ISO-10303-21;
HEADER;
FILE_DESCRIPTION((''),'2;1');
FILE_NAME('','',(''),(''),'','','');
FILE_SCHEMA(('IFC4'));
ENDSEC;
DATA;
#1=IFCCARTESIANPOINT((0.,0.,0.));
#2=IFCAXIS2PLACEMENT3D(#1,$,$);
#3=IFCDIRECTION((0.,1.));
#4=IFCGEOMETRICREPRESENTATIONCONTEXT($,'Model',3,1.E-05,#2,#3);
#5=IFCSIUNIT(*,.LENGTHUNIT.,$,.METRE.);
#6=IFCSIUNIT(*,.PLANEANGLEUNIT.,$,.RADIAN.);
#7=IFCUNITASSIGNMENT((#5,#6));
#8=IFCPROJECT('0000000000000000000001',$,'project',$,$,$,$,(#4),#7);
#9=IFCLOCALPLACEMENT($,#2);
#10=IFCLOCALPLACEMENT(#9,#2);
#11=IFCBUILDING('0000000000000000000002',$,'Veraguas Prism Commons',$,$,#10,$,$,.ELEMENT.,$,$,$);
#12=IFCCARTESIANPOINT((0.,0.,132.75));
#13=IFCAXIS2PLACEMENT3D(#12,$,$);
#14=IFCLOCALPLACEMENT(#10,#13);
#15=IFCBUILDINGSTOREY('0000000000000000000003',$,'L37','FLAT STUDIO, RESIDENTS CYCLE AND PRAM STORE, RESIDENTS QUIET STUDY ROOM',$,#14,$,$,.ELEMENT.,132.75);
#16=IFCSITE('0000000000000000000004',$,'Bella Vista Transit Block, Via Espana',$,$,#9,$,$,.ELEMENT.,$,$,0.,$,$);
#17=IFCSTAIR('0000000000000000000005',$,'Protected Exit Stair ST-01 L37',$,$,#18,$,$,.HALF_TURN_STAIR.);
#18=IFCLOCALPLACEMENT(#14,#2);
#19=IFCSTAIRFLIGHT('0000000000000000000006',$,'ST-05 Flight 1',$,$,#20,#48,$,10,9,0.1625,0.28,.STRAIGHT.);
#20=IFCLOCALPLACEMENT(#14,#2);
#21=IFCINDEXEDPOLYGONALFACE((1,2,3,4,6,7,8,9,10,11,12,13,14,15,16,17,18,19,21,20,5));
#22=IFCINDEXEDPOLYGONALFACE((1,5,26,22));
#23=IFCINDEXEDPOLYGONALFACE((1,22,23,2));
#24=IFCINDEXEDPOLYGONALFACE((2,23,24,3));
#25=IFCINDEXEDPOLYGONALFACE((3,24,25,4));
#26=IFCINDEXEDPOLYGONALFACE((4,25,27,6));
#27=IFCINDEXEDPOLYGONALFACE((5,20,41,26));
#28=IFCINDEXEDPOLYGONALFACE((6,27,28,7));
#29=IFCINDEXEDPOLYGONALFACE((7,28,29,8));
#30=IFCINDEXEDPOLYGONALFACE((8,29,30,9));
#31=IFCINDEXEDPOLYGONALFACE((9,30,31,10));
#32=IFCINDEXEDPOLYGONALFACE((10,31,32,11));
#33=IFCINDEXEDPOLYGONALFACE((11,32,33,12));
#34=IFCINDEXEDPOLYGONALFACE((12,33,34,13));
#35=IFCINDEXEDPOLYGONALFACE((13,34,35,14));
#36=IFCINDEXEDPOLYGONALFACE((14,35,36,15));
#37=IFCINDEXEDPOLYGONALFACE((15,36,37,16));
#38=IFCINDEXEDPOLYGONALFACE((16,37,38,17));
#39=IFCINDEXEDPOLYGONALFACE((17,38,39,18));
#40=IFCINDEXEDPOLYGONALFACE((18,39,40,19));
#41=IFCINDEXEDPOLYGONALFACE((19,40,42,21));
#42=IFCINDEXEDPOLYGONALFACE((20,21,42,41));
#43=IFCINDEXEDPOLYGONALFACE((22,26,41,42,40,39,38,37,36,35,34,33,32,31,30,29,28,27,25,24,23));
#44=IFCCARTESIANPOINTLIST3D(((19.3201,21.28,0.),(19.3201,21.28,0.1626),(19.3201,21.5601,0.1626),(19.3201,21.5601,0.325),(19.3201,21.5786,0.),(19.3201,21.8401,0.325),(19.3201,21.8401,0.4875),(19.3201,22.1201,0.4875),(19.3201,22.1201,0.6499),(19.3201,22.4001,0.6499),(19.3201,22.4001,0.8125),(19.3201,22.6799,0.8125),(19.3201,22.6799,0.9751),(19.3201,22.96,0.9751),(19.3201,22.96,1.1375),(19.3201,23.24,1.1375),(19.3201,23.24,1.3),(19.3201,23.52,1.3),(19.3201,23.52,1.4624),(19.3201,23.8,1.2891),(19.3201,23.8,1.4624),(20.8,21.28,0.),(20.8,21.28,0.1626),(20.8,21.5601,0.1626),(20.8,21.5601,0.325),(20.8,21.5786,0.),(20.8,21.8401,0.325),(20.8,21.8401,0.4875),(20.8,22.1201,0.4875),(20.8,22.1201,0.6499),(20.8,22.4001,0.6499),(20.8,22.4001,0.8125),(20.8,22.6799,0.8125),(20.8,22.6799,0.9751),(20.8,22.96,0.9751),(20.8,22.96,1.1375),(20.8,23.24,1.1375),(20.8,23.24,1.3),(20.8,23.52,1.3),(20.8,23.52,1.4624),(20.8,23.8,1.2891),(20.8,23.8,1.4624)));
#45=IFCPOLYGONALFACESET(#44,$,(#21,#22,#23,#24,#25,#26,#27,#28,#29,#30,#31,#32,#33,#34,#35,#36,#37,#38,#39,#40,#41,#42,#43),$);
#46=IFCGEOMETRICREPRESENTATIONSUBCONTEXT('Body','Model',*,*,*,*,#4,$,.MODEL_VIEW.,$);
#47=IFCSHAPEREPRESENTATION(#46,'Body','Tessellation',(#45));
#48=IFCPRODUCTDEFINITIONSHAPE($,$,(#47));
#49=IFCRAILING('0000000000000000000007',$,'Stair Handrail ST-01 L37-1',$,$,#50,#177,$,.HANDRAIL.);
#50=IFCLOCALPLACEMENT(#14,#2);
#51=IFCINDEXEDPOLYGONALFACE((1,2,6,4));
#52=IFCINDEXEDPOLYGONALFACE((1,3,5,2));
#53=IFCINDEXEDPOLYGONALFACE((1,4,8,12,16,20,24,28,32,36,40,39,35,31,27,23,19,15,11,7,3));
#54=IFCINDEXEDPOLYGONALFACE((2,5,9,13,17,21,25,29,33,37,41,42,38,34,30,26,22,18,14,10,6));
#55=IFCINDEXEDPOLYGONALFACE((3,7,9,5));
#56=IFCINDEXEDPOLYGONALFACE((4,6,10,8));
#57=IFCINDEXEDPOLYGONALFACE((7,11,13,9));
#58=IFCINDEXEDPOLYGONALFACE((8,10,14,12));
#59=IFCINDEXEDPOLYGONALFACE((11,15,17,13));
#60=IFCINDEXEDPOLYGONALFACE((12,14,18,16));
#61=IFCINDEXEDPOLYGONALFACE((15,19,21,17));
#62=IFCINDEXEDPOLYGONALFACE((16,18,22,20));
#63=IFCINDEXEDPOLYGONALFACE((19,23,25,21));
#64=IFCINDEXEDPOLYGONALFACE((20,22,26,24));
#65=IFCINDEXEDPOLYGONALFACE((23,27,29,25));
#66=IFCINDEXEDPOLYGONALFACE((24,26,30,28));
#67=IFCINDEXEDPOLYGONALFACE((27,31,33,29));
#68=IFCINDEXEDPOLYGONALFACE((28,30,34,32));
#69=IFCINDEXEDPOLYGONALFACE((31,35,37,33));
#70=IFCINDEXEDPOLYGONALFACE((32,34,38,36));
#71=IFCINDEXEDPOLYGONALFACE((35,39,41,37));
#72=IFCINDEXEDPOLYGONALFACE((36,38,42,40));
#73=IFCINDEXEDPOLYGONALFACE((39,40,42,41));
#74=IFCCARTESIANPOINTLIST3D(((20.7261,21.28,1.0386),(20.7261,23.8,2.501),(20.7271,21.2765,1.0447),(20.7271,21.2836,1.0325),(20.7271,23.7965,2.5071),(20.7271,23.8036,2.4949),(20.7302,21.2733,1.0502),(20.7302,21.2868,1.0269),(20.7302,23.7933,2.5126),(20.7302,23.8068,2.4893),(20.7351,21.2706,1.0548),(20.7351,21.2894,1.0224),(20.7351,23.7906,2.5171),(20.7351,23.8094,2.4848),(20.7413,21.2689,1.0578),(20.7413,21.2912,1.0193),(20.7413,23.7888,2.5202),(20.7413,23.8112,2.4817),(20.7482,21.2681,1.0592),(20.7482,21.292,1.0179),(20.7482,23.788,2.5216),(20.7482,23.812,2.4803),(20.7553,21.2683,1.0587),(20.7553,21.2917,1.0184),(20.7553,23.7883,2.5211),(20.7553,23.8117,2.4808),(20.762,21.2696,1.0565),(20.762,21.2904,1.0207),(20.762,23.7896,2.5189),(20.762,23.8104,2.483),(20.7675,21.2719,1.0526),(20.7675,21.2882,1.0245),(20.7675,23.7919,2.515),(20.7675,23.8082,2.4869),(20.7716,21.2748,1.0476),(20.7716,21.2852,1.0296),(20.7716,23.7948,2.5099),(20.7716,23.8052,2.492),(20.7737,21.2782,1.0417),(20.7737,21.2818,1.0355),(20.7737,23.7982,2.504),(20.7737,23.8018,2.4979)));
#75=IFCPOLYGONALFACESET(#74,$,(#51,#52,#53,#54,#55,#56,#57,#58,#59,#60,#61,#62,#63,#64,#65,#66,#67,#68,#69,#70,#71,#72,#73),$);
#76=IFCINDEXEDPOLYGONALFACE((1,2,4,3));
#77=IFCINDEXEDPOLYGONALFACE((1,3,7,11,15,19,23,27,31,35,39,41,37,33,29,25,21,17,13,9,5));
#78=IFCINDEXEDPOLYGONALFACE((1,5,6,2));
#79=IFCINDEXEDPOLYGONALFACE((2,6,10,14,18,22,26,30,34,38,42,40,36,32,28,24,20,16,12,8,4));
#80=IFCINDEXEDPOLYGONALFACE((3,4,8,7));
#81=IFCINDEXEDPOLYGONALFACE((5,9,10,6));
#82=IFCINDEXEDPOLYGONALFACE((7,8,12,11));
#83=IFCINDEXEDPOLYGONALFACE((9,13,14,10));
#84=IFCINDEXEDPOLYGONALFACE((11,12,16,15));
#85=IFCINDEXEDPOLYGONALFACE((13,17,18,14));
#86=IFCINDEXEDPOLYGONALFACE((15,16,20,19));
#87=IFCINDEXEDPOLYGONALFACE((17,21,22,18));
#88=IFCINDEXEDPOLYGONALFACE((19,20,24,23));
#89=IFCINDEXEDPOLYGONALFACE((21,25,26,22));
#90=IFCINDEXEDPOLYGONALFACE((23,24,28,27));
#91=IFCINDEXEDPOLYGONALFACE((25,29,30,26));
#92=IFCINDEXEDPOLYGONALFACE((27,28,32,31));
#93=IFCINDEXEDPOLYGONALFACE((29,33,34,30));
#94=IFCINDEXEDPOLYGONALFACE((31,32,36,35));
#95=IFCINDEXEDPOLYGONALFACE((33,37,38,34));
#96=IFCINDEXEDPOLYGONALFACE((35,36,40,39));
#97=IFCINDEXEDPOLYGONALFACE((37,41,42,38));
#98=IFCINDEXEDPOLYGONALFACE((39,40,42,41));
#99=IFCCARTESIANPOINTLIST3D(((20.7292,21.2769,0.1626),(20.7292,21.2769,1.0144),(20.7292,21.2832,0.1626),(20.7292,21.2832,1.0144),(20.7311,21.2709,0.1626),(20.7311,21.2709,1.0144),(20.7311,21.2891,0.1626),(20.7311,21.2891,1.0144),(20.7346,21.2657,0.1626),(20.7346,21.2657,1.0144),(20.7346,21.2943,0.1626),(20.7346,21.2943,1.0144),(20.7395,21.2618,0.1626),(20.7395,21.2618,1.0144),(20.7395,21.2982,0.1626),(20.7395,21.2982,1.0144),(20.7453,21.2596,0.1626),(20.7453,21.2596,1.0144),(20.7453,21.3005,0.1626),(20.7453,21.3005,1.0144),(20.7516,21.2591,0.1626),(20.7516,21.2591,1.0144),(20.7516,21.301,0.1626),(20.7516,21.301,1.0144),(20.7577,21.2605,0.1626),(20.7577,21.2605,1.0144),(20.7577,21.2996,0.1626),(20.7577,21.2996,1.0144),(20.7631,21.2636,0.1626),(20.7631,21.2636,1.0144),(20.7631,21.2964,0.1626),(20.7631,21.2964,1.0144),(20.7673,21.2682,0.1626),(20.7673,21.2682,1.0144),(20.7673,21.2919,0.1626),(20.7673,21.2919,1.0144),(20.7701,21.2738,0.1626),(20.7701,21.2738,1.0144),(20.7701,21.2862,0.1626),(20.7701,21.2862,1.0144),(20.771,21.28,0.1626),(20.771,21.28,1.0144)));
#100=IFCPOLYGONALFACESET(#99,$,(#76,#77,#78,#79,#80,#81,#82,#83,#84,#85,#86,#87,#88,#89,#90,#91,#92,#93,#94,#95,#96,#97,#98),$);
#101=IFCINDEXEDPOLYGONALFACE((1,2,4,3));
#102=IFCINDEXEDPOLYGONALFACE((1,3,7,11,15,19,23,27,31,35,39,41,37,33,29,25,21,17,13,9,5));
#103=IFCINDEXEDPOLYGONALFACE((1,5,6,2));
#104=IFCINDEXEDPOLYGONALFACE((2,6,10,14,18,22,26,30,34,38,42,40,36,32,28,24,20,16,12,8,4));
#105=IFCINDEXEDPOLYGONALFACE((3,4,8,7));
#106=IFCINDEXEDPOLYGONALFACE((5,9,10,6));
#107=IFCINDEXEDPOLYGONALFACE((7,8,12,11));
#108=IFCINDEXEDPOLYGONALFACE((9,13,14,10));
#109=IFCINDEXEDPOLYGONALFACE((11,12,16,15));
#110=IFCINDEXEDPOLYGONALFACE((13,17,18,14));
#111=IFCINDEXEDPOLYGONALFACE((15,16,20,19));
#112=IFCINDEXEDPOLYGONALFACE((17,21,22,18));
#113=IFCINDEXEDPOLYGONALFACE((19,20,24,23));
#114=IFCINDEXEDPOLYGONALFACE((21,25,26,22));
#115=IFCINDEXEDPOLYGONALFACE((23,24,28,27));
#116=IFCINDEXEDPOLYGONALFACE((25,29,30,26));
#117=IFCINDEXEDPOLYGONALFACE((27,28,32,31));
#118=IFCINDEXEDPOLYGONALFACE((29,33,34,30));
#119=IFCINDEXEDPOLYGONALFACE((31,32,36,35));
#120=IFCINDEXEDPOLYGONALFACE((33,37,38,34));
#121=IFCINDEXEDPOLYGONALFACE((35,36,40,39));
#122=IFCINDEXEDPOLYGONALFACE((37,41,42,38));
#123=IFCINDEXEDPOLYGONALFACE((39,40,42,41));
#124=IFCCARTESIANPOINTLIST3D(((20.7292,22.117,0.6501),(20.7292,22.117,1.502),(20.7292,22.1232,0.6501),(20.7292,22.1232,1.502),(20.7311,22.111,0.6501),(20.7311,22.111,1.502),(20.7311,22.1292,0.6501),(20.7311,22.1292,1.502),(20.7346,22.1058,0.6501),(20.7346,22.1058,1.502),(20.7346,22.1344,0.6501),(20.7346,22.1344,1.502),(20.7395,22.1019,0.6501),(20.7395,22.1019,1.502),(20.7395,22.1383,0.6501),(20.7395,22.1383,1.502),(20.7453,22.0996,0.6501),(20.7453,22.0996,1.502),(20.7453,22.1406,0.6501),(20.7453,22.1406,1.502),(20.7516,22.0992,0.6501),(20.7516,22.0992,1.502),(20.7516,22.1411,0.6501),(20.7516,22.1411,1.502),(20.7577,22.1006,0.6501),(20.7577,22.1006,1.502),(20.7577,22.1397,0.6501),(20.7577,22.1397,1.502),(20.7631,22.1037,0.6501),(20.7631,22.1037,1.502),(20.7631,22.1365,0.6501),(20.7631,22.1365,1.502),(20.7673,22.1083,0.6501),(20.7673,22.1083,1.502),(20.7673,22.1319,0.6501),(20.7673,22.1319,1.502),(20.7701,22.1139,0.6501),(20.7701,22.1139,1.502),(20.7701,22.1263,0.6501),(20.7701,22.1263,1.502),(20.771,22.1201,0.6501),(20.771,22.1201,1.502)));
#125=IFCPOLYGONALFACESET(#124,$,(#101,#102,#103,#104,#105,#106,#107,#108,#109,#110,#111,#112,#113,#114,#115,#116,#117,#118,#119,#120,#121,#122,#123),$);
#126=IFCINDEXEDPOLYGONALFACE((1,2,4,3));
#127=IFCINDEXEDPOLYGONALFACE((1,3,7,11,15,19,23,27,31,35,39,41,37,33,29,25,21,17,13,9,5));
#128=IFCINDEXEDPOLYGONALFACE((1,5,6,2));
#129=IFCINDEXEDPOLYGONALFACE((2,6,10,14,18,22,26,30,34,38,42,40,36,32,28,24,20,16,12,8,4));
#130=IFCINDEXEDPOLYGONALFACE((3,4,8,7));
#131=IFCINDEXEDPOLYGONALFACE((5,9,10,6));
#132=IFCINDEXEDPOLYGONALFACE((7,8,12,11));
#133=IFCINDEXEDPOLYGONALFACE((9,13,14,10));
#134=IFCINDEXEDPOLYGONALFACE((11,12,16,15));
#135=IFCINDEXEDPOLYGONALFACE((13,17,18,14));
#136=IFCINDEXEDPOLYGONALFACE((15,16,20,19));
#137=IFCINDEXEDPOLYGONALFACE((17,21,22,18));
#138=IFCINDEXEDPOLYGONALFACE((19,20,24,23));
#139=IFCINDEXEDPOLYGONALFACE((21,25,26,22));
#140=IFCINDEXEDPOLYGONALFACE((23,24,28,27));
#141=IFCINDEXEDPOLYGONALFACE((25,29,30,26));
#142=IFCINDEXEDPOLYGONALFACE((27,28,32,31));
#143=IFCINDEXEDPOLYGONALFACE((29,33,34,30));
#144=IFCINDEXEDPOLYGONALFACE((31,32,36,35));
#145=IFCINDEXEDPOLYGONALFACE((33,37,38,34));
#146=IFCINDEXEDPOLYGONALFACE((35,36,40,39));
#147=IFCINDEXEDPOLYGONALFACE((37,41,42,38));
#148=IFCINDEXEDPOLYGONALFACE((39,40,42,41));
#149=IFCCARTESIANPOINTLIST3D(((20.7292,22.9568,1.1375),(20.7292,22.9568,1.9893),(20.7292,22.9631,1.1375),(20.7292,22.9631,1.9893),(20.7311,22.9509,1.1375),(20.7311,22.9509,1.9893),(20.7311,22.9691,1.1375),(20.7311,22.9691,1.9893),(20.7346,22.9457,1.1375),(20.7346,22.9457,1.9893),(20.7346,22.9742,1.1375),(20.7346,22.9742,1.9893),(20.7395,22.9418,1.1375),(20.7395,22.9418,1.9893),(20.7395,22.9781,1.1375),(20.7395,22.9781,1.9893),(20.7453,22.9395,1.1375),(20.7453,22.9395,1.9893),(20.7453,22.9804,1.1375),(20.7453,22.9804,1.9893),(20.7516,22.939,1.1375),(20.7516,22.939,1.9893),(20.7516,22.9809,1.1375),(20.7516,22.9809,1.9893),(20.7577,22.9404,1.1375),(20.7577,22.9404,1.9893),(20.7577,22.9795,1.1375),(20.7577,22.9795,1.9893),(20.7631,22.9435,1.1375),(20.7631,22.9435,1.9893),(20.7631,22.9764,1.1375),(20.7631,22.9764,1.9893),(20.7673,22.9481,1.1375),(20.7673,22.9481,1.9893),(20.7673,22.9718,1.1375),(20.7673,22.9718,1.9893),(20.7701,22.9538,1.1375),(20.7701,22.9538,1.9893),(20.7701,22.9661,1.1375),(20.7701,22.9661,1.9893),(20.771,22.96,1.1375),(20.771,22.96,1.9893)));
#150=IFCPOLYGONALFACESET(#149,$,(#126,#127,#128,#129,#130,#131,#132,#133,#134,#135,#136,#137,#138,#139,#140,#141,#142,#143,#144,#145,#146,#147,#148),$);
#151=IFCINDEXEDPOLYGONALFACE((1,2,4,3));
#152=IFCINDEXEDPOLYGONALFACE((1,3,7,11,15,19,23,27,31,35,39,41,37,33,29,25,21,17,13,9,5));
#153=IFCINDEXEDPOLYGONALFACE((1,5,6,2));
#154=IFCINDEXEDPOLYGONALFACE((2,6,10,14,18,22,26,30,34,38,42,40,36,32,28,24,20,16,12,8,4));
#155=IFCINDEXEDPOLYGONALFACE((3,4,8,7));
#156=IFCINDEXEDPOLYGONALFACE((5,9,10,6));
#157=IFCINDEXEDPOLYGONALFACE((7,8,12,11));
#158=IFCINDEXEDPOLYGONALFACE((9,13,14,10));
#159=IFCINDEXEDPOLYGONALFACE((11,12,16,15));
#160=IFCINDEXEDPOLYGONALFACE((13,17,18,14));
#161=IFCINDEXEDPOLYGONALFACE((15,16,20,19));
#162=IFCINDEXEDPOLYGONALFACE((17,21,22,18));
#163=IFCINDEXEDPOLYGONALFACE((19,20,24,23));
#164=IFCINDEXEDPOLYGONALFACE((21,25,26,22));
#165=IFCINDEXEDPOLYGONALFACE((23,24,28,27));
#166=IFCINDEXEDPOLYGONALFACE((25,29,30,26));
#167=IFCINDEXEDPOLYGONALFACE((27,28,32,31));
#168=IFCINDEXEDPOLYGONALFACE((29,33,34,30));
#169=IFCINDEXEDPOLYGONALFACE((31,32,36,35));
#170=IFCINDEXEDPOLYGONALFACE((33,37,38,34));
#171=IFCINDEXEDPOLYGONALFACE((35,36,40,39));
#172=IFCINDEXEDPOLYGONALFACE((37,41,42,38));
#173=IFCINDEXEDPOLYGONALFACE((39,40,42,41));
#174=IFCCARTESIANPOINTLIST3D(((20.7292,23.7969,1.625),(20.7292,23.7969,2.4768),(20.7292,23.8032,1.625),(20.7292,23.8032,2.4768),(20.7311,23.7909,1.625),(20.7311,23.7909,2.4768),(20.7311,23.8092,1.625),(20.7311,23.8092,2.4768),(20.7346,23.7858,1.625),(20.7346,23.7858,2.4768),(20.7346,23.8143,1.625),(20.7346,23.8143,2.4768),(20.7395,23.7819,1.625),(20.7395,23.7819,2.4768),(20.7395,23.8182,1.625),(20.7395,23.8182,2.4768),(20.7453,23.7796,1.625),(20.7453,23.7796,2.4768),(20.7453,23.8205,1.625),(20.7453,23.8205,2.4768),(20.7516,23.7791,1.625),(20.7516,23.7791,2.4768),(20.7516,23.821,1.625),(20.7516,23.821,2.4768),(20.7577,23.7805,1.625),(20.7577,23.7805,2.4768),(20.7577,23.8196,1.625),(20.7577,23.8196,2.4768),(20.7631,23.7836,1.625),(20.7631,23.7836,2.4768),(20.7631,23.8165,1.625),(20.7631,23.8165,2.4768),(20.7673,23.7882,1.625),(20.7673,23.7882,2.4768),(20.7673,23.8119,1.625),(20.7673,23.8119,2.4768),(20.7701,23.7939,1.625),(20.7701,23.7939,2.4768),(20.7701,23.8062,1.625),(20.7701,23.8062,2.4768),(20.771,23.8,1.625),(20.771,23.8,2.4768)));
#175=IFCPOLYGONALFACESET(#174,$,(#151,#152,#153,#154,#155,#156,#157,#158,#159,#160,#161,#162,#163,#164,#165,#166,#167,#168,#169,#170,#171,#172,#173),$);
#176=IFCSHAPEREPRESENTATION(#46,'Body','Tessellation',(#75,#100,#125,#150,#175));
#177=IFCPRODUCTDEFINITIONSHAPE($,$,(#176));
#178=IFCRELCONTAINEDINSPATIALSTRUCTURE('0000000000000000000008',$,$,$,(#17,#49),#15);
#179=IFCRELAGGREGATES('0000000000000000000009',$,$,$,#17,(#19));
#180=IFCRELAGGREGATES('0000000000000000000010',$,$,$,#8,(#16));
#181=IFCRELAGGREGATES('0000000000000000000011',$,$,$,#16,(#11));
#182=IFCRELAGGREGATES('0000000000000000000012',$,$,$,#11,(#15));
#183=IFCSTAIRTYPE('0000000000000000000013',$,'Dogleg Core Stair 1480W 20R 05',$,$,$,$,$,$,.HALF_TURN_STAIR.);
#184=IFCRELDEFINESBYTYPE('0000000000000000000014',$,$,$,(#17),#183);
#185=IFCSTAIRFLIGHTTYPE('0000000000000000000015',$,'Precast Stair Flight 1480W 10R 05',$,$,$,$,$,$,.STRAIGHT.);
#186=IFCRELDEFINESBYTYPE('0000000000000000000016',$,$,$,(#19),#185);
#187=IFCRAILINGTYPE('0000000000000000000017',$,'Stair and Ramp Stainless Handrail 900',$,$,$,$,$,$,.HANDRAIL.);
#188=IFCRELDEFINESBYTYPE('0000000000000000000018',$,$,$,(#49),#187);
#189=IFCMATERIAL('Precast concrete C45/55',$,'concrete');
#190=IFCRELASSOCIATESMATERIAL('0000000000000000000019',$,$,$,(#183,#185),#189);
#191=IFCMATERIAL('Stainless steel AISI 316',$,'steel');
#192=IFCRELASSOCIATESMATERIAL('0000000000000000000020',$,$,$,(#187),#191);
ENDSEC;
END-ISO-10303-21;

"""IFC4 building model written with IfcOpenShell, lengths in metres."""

from ifc_helpers import new_model, si_unit, direction, frame, origin, origin_2d, place, context, subcontext, project, spatial, polyline, circle, outline, extrude, material, type_object, element, aggregate, save


model = new_model("IFC4")

# Units and contexts
model_context = context("Model", 3, precision=1e-05, world=origin(), true_north=direction((0.0, 1.0)))
body_context = subcontext(model_context, "Body", "Model", "MODEL_VIEW")
ifc_project = project(units=[si_unit("LENGTHUNIT", "METRE"), si_unit("PLANEANGLEUNIT", "RADIAN")], contexts=[model_context])

# Site, building, storey
site_placement = place(None, origin())
site = spatial("IfcSite", under=ifc_project, at=site_placement, Name="Bella Vista Transit Block, Via Espana", CompositionType="ELEMENT", RefElevation=0.0)
building_placement = place(site_placement, origin())
building = spatial("IfcBuilding", under=site, at=building_placement, Name="Veraguas Prism Commons", CompositionType="ELEMENT")
storey_placement = place(building_placement, frame((0.0, 0.0, 132.75)))
storey = spatial("IfcBuildingStorey", under=building, at=storey_placement, Name="L37", Description="FLAT STUDIO, RESIDENTS CYCLE AND PRAM STORE, RESIDENTS QUIET STUDY ROOM", CompositionType="ELEMENT", Elevation=132.75)

# Stair, stair flight
ifc_material_1 = material(Name="Precast concrete C45/55", Category="concrete")
stair_type = type_object("IfcStairType", Name="Dogleg Core Stair 1480W 20R 05", PredefinedType="HALF_TURN_STAIR", material=ifc_material_1)
stair_placement = place(storey_placement, origin())
stair = element("IfcStair", 1, at=stair_placement, inside=storey, type_object=stair_type, Name="Protected Exit Stair ST-01 L37", PredefinedType="HALF_TURN_STAIR")
stair_flight_type = type_object("IfcStairFlightType", Name="Precast Stair Flight 1480W 10R 05", PredefinedType="STRAIGHT", material=ifc_material_1)
stair_flight_placement = place(storey_placement, frame((20.0601, 21.28, 0.0), z_axis=(0.0, 0.0, 1.0), x_axis=(0.0, 1.0, 0.0)))
stair_flight = element("IfcStairFlight", 2, at=stair_flight_placement, type_object=stair_flight_type, Name="ST-05 Flight 1", NumberOfRisers=10, NumberOfTreads=9, PredefinedType="STRAIGHT", RiserHeight=0.1625, TreadLength=0.28, context=body_context, shape_type="SweptSolid", body=[
    extrude(outline(polyline([(0.0, 0.0), (0.0, 0.1626), (0.28, 0.1626), (0.28, 0.325), (0.5601, 0.325), (0.5601, 0.4875), (0.8401, 0.4875), (0.8401, 0.6499), (1.1201, 0.6499), (1.1201, 0.8125), (1.3999, 0.8125), (1.3999, 0.9751), (1.6799, 0.9751), (1.6799, 1.1375), (1.96, 1.1375), (1.96, 1.3), (2.24, 1.3), (2.24, 1.4624), (2.52, 1.4624), (2.52, 1.625), (2.52, 1.2891), (0.2986, 0.0), (0.0, 0.0)])), frame((0.0, 0.74, 0.0), z_axis=(0.0, -1.0, 0.0), x_axis=(1.0, 0.0, 0.0)), (0.0, 0.0, 1.0), 1.48),
])
aggregate(stair, [stair_flight])

# Railing
ifc_material_2 = material(Name="Stainless steel AISI 316", Category="steel")
railing_type_1 = type_object("IfcRailingType", Name="Stair and Ramp Stainless Handrail 900", PredefinedType="HANDRAIL", material=ifc_material_2)
railing_1_placement = place(storey_placement, frame((20.75, 21.28, 0.1626)))
element("IfcRailing", 3, at=railing_1_placement, inside=storey, type_object=railing_type_1, Name="Stair Handrail ST-01 L37-1", PredefinedType="HANDRAIL", context=body_context, shape_type="SweptSolid", body=[
    extrude(circle(Radius=0.0239, at=origin_2d()), frame((0.0, 0.0, 0.876), z_axis=(0.0, 0.864913, 0.501921), x_axis=(-1.0, 0.0, 0.0)), (0.0, 0.0, 1.0), 2.9136),
    extrude(circle(Radius=0.021, at=origin_2d()), origin(), (0.0, 0.0, 1.0), 0.8518),
    extrude(circle(Radius=0.021, at=origin_2d()), frame((0.0, 0.8401, 0.4875)), (0.0, 0.0, 1.0), 0.8518),
    extrude(circle(Radius=0.021, at=origin_2d()), frame((0.0, 1.6799, 0.9749)), (0.0, 0.0, 1.0), 0.8518),
    extrude(circle(Radius=0.021, at=origin_2d()), frame((0.0, 2.52, 1.4624)), (0.0, 0.0, 1.0), 0.8518),
])

save(model, "model.ifc")
